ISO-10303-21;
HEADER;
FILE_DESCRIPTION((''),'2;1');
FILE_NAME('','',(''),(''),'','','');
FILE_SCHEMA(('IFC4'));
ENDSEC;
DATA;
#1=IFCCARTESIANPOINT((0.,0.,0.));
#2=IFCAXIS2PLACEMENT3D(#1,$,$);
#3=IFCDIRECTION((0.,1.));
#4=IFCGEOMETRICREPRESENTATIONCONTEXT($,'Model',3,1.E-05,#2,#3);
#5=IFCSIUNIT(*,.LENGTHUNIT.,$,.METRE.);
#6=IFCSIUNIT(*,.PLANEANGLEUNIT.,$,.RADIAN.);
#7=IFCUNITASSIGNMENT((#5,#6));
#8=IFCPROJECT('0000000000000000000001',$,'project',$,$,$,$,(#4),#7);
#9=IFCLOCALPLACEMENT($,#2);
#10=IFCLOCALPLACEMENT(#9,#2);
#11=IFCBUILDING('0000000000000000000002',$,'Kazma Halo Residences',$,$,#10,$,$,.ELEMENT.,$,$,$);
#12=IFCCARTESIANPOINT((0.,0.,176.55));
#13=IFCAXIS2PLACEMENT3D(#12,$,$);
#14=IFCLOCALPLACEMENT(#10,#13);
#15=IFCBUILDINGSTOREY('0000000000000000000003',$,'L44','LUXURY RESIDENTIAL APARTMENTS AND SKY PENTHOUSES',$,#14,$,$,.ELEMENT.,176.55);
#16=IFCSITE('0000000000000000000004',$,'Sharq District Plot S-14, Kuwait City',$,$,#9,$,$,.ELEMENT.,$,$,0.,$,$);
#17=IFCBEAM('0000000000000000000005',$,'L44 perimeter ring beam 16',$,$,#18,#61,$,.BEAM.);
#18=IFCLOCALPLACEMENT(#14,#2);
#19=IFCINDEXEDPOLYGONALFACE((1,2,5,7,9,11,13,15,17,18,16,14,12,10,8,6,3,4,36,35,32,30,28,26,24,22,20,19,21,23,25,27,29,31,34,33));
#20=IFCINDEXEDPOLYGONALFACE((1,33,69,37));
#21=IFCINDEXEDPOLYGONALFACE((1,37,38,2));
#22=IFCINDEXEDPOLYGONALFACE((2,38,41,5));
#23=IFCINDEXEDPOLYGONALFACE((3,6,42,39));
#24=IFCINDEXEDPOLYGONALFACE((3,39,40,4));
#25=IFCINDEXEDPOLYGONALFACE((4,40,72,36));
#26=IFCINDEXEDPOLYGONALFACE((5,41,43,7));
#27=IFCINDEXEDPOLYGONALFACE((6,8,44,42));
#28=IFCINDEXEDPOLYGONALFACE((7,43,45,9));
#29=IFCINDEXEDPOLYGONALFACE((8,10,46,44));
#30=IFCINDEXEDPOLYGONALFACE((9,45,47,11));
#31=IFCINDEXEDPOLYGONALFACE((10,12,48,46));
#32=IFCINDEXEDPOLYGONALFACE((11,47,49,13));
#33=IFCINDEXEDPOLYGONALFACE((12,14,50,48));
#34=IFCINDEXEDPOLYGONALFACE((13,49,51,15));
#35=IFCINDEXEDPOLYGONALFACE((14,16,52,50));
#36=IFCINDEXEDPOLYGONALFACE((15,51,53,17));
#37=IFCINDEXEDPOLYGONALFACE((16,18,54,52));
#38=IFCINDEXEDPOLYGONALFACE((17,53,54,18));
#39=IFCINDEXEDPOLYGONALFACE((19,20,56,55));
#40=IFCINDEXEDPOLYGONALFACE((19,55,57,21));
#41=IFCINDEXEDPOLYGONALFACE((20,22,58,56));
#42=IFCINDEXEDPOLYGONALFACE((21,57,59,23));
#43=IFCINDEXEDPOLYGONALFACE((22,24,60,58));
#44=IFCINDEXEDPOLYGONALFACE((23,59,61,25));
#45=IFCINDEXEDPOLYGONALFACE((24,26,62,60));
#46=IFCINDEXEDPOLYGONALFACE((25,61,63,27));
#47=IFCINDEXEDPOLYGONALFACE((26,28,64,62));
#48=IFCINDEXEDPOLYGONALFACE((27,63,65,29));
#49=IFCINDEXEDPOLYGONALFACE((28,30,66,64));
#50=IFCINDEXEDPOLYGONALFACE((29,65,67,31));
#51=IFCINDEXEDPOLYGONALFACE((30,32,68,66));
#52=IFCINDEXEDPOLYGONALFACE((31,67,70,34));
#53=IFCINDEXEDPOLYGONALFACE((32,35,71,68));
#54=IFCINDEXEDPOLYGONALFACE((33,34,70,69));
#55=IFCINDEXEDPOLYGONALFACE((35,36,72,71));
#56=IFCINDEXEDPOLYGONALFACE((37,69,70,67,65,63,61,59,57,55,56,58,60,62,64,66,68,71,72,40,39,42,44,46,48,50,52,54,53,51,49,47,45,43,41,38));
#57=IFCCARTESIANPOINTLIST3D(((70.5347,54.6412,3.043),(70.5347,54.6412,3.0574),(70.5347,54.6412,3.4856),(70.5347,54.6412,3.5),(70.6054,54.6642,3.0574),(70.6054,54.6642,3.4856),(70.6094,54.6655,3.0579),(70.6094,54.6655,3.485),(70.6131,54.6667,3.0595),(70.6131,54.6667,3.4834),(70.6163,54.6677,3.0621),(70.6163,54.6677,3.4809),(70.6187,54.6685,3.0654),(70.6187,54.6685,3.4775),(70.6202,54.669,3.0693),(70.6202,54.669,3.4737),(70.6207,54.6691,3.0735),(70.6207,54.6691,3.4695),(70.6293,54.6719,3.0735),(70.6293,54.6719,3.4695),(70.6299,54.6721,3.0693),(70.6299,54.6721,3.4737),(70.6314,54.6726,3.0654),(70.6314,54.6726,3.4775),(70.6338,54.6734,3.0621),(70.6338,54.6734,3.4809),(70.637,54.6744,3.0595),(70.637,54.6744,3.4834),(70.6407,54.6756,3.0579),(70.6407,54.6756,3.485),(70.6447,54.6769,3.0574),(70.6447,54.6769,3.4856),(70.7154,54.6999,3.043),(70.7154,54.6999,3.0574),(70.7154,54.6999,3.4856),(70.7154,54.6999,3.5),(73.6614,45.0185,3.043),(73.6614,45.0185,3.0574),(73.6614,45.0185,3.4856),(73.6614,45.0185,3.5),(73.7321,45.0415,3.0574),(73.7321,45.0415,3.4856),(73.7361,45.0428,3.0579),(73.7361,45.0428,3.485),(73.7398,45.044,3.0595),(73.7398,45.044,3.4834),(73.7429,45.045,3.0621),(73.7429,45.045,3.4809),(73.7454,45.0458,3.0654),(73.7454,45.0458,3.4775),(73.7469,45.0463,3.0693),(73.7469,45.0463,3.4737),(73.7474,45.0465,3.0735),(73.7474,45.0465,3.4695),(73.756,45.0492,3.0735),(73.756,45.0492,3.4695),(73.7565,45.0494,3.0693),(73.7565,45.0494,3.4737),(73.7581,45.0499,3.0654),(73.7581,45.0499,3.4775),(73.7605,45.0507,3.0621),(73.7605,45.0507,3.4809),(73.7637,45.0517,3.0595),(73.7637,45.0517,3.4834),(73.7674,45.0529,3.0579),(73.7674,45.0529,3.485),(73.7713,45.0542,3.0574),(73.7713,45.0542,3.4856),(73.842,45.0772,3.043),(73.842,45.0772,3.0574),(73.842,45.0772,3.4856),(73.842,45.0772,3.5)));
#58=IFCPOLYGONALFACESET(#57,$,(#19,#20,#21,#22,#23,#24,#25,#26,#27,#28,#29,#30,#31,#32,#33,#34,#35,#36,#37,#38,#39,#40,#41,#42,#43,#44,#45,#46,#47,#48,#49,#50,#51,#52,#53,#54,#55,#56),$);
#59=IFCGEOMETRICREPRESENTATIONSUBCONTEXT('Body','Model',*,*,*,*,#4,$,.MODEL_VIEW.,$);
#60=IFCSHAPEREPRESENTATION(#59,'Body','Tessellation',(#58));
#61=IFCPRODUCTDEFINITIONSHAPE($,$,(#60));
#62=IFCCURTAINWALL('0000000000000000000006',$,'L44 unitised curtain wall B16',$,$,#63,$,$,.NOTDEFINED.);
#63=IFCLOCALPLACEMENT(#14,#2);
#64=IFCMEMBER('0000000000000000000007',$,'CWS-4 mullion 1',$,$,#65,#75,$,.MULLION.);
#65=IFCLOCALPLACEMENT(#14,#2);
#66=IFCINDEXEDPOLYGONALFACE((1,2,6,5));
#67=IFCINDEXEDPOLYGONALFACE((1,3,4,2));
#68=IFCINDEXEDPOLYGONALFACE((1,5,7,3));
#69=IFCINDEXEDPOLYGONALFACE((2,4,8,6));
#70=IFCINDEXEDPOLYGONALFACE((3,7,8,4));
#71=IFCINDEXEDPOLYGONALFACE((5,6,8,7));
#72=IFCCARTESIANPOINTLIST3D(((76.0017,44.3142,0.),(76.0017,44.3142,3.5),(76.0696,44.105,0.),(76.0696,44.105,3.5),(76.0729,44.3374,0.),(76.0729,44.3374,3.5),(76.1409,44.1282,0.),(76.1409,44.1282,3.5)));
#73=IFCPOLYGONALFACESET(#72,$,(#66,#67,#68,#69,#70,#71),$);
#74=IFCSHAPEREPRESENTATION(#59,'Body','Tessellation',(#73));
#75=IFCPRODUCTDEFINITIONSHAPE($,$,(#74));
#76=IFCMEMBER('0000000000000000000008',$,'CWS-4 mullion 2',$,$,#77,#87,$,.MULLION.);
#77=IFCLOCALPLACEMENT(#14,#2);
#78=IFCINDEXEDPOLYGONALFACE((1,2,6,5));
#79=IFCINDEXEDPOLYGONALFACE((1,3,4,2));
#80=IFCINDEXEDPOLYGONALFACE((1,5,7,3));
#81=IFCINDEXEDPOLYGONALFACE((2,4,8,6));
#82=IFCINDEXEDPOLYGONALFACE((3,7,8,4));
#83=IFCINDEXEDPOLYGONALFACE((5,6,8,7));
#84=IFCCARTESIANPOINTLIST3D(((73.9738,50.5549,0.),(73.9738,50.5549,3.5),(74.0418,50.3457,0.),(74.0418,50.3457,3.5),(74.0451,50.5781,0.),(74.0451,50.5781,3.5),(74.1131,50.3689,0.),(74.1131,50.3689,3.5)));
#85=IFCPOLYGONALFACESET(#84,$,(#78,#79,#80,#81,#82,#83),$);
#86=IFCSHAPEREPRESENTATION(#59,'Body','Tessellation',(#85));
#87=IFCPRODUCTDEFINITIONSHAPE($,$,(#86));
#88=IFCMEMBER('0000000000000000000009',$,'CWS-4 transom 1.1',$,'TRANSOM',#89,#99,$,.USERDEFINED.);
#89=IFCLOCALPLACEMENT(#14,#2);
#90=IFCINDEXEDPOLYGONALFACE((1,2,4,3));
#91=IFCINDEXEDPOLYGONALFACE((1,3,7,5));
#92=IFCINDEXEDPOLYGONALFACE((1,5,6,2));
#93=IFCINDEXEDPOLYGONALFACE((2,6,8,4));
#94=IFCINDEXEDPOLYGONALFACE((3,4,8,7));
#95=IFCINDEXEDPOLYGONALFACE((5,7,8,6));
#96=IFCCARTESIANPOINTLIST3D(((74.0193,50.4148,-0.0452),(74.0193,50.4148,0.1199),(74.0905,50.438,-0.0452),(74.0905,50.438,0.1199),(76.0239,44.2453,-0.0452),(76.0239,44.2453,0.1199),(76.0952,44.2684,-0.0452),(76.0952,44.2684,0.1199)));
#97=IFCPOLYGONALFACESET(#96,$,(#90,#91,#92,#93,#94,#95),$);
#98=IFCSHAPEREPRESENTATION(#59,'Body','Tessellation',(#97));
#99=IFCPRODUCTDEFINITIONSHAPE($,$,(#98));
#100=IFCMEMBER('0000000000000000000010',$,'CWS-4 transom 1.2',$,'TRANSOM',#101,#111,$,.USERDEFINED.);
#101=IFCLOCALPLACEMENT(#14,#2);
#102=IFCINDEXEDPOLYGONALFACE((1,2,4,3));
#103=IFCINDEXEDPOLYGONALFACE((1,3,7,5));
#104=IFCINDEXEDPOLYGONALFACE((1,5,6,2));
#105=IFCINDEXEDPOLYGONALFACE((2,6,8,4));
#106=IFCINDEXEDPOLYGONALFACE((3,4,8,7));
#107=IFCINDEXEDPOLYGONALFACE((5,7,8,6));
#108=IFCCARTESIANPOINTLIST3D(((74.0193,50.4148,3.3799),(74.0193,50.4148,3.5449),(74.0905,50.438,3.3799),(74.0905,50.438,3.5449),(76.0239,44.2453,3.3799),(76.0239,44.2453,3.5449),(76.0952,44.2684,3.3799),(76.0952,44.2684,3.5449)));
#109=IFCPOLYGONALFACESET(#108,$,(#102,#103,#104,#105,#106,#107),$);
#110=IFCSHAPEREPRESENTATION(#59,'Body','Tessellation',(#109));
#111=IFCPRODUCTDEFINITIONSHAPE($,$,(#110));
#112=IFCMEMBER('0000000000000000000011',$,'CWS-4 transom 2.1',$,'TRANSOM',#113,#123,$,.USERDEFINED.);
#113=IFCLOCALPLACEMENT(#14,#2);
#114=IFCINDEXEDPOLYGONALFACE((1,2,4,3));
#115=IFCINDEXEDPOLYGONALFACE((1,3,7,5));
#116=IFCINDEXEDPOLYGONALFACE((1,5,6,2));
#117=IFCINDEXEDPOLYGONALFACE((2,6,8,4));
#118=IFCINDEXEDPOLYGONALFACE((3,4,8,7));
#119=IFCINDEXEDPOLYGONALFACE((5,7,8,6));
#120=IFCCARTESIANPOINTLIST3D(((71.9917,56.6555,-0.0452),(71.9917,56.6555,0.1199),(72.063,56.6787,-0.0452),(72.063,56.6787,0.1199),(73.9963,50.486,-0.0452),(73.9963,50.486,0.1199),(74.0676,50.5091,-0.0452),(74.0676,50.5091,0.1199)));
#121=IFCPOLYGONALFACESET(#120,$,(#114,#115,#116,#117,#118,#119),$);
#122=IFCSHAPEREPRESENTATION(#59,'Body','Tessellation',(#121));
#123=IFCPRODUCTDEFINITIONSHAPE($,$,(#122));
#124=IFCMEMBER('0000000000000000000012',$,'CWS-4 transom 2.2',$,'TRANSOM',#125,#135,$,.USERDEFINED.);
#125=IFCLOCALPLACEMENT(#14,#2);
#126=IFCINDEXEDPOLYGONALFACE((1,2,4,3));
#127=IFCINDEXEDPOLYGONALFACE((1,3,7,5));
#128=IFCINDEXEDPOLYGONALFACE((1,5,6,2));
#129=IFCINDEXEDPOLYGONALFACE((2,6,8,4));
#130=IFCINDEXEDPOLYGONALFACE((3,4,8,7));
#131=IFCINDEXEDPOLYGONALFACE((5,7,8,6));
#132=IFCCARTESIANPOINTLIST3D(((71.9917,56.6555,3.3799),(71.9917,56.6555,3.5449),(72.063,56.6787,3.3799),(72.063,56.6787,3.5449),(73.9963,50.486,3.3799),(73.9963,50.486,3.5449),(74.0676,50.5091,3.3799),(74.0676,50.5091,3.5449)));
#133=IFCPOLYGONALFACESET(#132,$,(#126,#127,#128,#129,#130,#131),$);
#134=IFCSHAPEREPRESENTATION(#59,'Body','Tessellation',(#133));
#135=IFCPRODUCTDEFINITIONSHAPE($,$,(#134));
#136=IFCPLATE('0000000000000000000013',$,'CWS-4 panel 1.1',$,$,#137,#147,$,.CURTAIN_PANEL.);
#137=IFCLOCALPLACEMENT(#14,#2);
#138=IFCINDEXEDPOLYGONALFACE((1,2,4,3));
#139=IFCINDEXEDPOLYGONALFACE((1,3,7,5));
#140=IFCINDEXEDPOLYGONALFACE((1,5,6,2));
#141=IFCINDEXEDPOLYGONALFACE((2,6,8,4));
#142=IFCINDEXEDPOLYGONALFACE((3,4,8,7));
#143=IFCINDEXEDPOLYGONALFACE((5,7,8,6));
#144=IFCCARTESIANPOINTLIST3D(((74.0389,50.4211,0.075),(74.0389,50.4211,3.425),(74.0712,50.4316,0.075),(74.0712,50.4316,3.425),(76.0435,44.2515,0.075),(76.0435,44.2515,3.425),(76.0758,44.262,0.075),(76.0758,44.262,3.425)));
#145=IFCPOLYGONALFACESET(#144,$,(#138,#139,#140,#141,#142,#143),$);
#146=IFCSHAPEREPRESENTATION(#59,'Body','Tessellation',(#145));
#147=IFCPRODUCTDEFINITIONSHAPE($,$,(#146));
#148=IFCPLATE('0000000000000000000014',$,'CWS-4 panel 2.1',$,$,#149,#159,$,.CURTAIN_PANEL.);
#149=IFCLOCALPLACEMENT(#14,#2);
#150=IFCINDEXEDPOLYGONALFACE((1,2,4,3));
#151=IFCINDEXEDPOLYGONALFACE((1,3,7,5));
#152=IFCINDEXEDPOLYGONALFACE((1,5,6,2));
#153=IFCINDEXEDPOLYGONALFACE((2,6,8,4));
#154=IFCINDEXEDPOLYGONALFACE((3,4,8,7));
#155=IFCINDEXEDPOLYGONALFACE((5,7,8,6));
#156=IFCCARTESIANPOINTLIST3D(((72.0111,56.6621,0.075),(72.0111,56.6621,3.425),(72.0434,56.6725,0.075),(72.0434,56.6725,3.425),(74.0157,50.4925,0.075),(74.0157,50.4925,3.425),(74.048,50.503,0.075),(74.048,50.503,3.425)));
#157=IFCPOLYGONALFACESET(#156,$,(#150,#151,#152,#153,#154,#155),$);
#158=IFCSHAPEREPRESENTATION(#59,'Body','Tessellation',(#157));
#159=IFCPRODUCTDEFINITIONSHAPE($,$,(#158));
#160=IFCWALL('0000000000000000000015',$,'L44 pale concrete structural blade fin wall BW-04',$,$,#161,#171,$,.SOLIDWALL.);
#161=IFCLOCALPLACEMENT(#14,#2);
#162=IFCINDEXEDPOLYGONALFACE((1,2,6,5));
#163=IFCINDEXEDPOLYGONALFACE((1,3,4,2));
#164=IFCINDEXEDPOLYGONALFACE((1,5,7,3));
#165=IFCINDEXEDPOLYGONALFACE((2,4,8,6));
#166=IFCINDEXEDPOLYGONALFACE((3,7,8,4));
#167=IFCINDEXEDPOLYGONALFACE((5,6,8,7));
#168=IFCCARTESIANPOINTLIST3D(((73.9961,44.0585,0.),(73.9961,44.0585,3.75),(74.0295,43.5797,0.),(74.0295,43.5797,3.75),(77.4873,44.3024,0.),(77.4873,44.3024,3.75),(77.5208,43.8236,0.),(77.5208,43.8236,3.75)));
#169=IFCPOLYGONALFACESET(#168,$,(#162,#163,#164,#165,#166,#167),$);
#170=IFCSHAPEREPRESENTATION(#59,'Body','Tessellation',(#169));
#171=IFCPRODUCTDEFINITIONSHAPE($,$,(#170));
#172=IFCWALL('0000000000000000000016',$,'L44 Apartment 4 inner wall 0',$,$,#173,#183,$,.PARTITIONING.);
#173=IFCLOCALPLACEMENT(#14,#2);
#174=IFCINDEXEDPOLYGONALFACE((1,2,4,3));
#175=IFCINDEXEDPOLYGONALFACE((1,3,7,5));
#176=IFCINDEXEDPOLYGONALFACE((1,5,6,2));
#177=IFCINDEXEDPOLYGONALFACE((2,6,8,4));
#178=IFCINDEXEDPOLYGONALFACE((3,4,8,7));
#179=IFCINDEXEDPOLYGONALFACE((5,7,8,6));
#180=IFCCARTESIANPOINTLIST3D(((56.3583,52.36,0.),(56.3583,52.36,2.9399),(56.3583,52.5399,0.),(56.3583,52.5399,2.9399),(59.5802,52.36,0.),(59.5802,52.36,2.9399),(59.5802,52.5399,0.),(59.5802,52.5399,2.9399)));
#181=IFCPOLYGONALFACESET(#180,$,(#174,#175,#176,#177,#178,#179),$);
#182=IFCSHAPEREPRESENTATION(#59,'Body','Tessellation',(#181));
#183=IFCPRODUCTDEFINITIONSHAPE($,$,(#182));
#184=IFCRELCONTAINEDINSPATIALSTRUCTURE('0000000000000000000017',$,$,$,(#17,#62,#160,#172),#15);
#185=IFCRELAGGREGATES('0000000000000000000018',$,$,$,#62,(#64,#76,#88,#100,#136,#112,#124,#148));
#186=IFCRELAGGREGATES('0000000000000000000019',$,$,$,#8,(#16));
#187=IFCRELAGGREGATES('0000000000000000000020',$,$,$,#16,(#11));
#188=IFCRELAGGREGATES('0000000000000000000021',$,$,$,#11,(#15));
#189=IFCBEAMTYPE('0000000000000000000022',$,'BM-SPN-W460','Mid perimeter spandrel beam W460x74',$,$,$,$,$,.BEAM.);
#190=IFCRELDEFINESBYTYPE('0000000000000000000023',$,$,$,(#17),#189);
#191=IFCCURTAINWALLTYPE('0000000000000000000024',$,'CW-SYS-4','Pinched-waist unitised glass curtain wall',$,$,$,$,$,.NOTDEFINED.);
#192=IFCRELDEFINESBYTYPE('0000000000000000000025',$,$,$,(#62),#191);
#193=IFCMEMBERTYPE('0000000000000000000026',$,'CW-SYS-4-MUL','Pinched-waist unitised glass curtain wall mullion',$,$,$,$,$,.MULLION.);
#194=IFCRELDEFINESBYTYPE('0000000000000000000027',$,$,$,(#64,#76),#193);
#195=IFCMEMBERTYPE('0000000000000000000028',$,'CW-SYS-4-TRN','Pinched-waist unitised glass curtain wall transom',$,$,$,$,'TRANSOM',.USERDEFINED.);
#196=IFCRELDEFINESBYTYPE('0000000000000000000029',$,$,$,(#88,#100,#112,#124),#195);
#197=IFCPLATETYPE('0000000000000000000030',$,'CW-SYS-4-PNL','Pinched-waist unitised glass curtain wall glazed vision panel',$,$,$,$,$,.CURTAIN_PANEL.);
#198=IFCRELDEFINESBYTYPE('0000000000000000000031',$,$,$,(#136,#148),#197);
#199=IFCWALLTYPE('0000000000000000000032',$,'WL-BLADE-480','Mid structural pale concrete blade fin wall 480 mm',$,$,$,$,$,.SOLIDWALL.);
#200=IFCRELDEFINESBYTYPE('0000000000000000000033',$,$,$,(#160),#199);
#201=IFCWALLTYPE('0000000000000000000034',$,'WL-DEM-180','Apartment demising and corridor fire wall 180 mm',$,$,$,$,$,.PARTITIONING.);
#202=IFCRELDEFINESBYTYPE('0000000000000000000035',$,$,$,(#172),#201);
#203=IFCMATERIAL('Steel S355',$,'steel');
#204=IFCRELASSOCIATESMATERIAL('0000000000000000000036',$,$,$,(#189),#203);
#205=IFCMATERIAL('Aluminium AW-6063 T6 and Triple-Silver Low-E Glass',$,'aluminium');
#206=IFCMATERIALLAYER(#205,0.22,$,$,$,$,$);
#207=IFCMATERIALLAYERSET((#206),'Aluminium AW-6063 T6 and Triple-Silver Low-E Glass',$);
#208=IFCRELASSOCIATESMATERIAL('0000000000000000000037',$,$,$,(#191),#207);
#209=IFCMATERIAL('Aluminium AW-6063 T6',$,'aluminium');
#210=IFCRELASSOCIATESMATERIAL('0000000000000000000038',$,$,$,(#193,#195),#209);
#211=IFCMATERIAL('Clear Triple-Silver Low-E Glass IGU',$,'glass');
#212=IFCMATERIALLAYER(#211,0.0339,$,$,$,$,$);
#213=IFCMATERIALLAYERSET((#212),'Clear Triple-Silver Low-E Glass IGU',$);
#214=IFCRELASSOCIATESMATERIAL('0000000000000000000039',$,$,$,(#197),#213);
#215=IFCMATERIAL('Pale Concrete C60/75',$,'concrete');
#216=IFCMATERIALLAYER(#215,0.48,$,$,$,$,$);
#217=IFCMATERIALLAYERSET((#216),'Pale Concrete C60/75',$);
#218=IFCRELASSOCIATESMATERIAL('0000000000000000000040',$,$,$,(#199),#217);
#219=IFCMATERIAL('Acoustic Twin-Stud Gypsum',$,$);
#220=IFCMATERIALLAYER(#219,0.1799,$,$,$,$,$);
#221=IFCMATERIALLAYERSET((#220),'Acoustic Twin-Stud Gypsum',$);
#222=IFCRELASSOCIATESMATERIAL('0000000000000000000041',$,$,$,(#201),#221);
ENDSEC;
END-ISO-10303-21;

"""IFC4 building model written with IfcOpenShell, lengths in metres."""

from ifc_helpers import new_model, si_unit, direction, frame, frame_2d, origin, origin_2d, place, context, subcontext, project, spatial, rectangle, i_section, extrude, material, layer, layer_set, material_profile, profile_set, type_object, element, aggregate, save


model = new_model("IFC4")

# Units and contexts
model_context = context("Model", 3, precision=1e-05, world=origin(), true_north=direction((0.0, 1.0)))
body_context = subcontext(model_context, "Body", "Model", "MODEL_VIEW")
ifc_project = project(units=[si_unit("LENGTHUNIT", "METRE"), si_unit("PLANEANGLEUNIT", "RADIAN")], contexts=[model_context])

# Site, building, storey
site_placement = place(None, origin())
site = spatial("IfcSite", under=ifc_project, at=site_placement, Name="Sharq District Plot S-14, Kuwait City", CompositionType="ELEMENT", RefElevation=0.0)
building_placement = place(site_placement, origin())
building = spatial("IfcBuilding", under=site, at=building_placement, Name="Kazma Halo Residences", CompositionType="ELEMENT")
storey_placement = place(building_placement, frame((0.0, 0.0, 176.55)))
storey = spatial("IfcBuildingStorey", under=building, at=storey_placement, Name="L44", Description="LUXURY RESIDENTIAL APARTMENTS AND SKY PENTHOUSES", CompositionType="ELEMENT", Elevation=176.55)

# Beam
ifc_material_1 = material(Name="Steel S355", Category="steel")
ifc_material_profile_1 = material_profile(ifc_material_1, i_section(OverallWidth=0.1899, OverallDepth=0.457, WebThickness=0.009, FlangeThickness=0.0144, FilletRadius=0.0161, at=origin_2d()), Name="W460x74")
ifc_profile_set_1 = profile_set([ifc_material_profile_1], Name="Steel S355")
beam_type_1 = type_object("IfcBeamType", Name="BM-SPN-W460", Description="Mid perimeter spandrel beam W460x74", PredefinedType="BEAM", material=ifc_profile_set_1)
beam_1_placement = place(storey_placement, frame((73.7517, 45.0479, 3.2715), z_axis=(-0.309023, 0.951054, 0.0), x_axis=(-0.951054, -0.309023, 0.0)))
element("IfcBeam", 1, at=beam_1_placement, inside=storey, type_object=beam_type_1, Name="L44 perimeter ring beam 16", PredefinedType="BEAM", context=body_context, shape_type="SweptSolid", body=[
    extrude(i_section(OverallWidth=0.1899, OverallDepth=0.457, WebThickness=0.009, FlangeThickness=0.0144, FilletRadius=0.0161, at=origin_2d()), origin(), (0.0, 0.0, 1.0), 10.1179),
])

# Curtain wall, members, plates
ifc_material_2 = material(Name="Aluminium AW-6063 T6 and Triple-Silver Low-E Glass", Category="aluminium")
ifc_layer_1 = layer(ifc_material_2, 0.22)
ifc_layer_set_1 = layer_set([ifc_layer_1], Name="Aluminium AW-6063 T6 and Triple-Silver Low-E Glass")
curtain_wall_type = type_object("IfcCurtainWallType", Name="CW-SYS-4", Description="Pinched-waist unitised glass curtain wall", PredefinedType="NOTDEFINED", material=ifc_layer_set_1)
curtain_wall_placement = place(storey_placement, origin())
curtain_wall = element("IfcCurtainWall", 2, at=curtain_wall_placement, inside=storey, type_object=curtain_wall_type, Name="L44 unitised curtain wall B16", PredefinedType="NOTDEFINED")
ifc_material_3 = material(Name="Aluminium AW-6063 T6", Category="aluminium")
ifc_material_profile_2 = material_profile(ifc_material_3, rectangle(XDim=0.075, YDim=0.22, at=origin_2d()), Name="CWM-75x220")
ifc_profile_set_2 = profile_set([ifc_material_profile_2], Name="Aluminium AW-6063 T6")
member_type_1 = type_object("IfcMemberType", Name="CW-SYS-4-MUL", Description="Pinched-waist unitised glass curtain wall mullion", PredefinedType="MULLION", material=ifc_profile_set_2)
member_1_placement = place(storey_placement, frame((76.0713, 44.2212, 0.0), z_axis=(0.0, 0.0, 1.0), x_axis=(-0.951057, -0.309016, 0.0)))
member_1 = element("IfcMember", 3, at=member_1_placement, type_object=member_type_1, Name="CWS-4 mullion 1", PredefinedType="MULLION", context=body_context, shape_type="SweptSolid", body=[
    extrude(rectangle(XDim=0.075, YDim=0.22, at=origin_2d()), origin(), (0.0, 0.0, 1.0), 3.5),
])
member_2_placement = place(storey_placement, frame((74.0435, 50.4619, 0.0), z_axis=(0.0, 0.0, 1.0), x_axis=(-0.951057, -0.309016, 0.0)))
member_2 = element("IfcMember", 4, at=member_2_placement, type_object=member_type_1, Name="CWS-4 mullion 2", PredefinedType="MULLION", context=body_context, shape_type="SweptSolid", body=[
    extrude(rectangle(XDim=0.075, YDim=0.22, at=origin_2d()), origin(), (0.0, 0.0, 1.0), 3.5),
])
ifc_material_profile_3 = material_profile(ifc_material_3, rectangle(XDim=0.075, YDim=0.165, at=origin_2d()), Name="CWT-75x165")
ifc_profile_set_3 = profile_set([ifc_material_profile_3], Name="Aluminium AW-6063 T6")
member_type_2 = type_object("IfcMemberType", Name="CW-SYS-4-TRN", Description="Pinched-waist unitised glass curtain wall transom", ElementType="TRANSOM", PredefinedType="USERDEFINED", material=ifc_profile_set_3)
member_3_placement = place(storey_placement, frame((76.0596, 44.2568, 0.0374), z_axis=(-0.309027, 0.951053, 0.0), x_axis=(-0.951053, -0.309027, 0.0)))
member_3 = element("IfcMember", 5, at=member_3_placement, type_object=member_type_2, Name="CWS-4 transom 1.1", ObjectType="TRANSOM", PredefinedType="USERDEFINED", context=body_context, shape_type="SweptSolid", body=[
    extrude(rectangle(XDim=0.075, YDim=0.165, at=origin_2d()), origin(), (0.0, 0.0, 1.0), 6.4871),
])
member_4_placement = place(storey_placement, frame((76.0596, 44.2568, 3.4624), z_axis=(-0.309027, 0.951053, 0.0), x_axis=(-0.951053, -0.309027, 0.0)))
member_4 = element("IfcMember", 6, at=member_4_placement, type_object=member_type_2, Name="CWS-4 transom 1.2", ObjectType="TRANSOM", PredefinedType="USERDEFINED", context=body_context, shape_type="SweptSolid", body=[
    extrude(rectangle(XDim=0.075, YDim=0.165, at=origin_2d()), origin(), (0.0, 0.0, 1.0), 6.4871),
])
member_5_placement = place(storey_placement, frame((74.032, 50.4976, 0.0374), z_axis=(-0.309015, 0.951057, 0.0), x_axis=(-0.951057, -0.309015, 0.0)))
member_5 = element("IfcMember", 7, at=member_5_placement, type_object=member_type_2, Name="CWS-4 transom 2.1", ObjectType="TRANSOM", PredefinedType="USERDEFINED", context=body_context, shape_type="SweptSolid", body=[
    extrude(rectangle(XDim=0.075, YDim=0.165, at=origin_2d()), origin(), (0.0, 0.0, 1.0), 6.4871),
])
member_6_placement = place(storey_placement, frame((74.032, 50.4976, 3.4624), z_axis=(-0.309015, 0.951057, 0.0), x_axis=(-0.951057, -0.309015, 0.0)))
member_6 = element("IfcMember", 8, at=member_6_placement, type_object=member_type_2, Name="CWS-4 transom 2.2", ObjectType="TRANSOM", PredefinedType="USERDEFINED", context=body_context, shape_type="SweptSolid", body=[
    extrude(rectangle(XDim=0.075, YDim=0.165, at=origin_2d()), origin(), (0.0, 0.0, 1.0), 6.4871),
])
ifc_material_4 = material(Name="Clear Triple-Silver Low-E Glass IGU", Category="glass")
ifc_layer_2 = layer(ifc_material_4, 0.0339)
ifc_layer_set_2 = layer_set([ifc_layer_2], Name="Clear Triple-Silver Low-E Glass IGU")
plate_type = type_object("IfcPlateType", Name="CW-SYS-4-PNL", Description="Pinched-waist unitised glass curtain wall glazed vision panel", PredefinedType="CURTAIN_PANEL", material=ifc_layer_set_2)
plate_1_placement = place(storey_placement, frame((75.0574, 47.3416, 0.075), z_axis=(0.0, 0.0, 1.0), x_axis=(-0.309016, 0.951057, 0.0)))
plate_1 = element("IfcPlate", 9, at=plate_1_placement, type_object=plate_type, Name="CWS-4 panel 1.1", PredefinedType="CURTAIN_PANEL", context=body_context, shape_type="SweptSolid", body=[
    extrude(rectangle(XDim=6.4871, YDim=0.0339, at=origin_2d()), origin(), (0.0, 0.0, 1.0), 3.3501),
])
plate_2_placement = place(storey_placement, frame((73.0295, 53.5825, 0.075), z_axis=(0.0, 0.0, 1.0), x_axis=(-0.309016, 0.951057, 0.0)))
plate_2 = element("IfcPlate", 10, at=plate_2_placement, type_object=plate_type, Name="CWS-4 panel 2.1", PredefinedType="CURTAIN_PANEL", context=body_context, shape_type="SweptSolid", body=[
    extrude(rectangle(XDim=6.4871, YDim=0.0339, at=origin_2d()), origin(), (0.0, 0.0, 1.0), 3.3501),
])
aggregate(curtain_wall, [member_1, member_2, member_3, member_4, plate_1, member_5, member_6, plate_2])

# Walls
ifc_material_5 = material(Name="Pale Concrete C60/75", Category="concrete")
ifc_layer_3 = layer(ifc_material_5, 0.48)
ifc_layer_set_3 = layer_set([ifc_layer_3], Name="Pale Concrete C60/75")
wall_type_1 = type_object("IfcWallType", Name="WL-BLADE-480", Description="Mid structural pale concrete blade fin wall 480 mm", PredefinedType="SOLIDWALL", material=ifc_layer_set_3)
wall_1_placement = place(storey_placement, frame((74.0127, 43.8191, 0.0), z_axis=(0.0, 0.0, 1.0), x_axis=(0.997569, 0.06969, 0.0)))
element("IfcWall", 11, at=wall_1_placement, inside=storey, type_object=wall_type_1, Name="L44 pale concrete structural blade fin wall BW-04", PredefinedType="SOLIDWALL", context=body_context, shape_type="SweptSolid", body=[
    extrude(rectangle(XDim=3.4998, YDim=0.48, at=frame_2d((1.75, 0.0))), origin(), (0.0, 0.0, 1.0), 3.75),
])
ifc_material_6 = material(Name="Acoustic Twin-Stud Gypsum")
ifc_layer_4 = layer(ifc_material_6, 0.1799)
ifc_layer_set_4 = layer_set([ifc_layer_4], Name="Acoustic Twin-Stud Gypsum")
wall_type_2 = type_object("IfcWallType", Name="WL-DEM-180", Description="Apartment demising and corridor fire wall 180 mm", PredefinedType="PARTITIONING", material=ifc_layer_set_4)
wall_2_placement = place(storey_placement, frame((59.5801, 52.45, 0.0), z_axis=(0.0, 0.0, 1.0), x_axis=(-1.0, 0.0, 0.0)))
element("IfcWall", 12, at=wall_2_placement, inside=storey, type_object=wall_type_2, Name="L44 Apartment 4 inner wall 0", PredefinedType="PARTITIONING", context=body_context, shape_type="SweptSolid", body=[
    extrude(rectangle(XDim=3.2219, YDim=0.1799, at=frame_2d((1.6108, 0.0))), origin(), (0.0, 0.0, 1.0), 2.9399),
])

save(model, "model.ifc")
